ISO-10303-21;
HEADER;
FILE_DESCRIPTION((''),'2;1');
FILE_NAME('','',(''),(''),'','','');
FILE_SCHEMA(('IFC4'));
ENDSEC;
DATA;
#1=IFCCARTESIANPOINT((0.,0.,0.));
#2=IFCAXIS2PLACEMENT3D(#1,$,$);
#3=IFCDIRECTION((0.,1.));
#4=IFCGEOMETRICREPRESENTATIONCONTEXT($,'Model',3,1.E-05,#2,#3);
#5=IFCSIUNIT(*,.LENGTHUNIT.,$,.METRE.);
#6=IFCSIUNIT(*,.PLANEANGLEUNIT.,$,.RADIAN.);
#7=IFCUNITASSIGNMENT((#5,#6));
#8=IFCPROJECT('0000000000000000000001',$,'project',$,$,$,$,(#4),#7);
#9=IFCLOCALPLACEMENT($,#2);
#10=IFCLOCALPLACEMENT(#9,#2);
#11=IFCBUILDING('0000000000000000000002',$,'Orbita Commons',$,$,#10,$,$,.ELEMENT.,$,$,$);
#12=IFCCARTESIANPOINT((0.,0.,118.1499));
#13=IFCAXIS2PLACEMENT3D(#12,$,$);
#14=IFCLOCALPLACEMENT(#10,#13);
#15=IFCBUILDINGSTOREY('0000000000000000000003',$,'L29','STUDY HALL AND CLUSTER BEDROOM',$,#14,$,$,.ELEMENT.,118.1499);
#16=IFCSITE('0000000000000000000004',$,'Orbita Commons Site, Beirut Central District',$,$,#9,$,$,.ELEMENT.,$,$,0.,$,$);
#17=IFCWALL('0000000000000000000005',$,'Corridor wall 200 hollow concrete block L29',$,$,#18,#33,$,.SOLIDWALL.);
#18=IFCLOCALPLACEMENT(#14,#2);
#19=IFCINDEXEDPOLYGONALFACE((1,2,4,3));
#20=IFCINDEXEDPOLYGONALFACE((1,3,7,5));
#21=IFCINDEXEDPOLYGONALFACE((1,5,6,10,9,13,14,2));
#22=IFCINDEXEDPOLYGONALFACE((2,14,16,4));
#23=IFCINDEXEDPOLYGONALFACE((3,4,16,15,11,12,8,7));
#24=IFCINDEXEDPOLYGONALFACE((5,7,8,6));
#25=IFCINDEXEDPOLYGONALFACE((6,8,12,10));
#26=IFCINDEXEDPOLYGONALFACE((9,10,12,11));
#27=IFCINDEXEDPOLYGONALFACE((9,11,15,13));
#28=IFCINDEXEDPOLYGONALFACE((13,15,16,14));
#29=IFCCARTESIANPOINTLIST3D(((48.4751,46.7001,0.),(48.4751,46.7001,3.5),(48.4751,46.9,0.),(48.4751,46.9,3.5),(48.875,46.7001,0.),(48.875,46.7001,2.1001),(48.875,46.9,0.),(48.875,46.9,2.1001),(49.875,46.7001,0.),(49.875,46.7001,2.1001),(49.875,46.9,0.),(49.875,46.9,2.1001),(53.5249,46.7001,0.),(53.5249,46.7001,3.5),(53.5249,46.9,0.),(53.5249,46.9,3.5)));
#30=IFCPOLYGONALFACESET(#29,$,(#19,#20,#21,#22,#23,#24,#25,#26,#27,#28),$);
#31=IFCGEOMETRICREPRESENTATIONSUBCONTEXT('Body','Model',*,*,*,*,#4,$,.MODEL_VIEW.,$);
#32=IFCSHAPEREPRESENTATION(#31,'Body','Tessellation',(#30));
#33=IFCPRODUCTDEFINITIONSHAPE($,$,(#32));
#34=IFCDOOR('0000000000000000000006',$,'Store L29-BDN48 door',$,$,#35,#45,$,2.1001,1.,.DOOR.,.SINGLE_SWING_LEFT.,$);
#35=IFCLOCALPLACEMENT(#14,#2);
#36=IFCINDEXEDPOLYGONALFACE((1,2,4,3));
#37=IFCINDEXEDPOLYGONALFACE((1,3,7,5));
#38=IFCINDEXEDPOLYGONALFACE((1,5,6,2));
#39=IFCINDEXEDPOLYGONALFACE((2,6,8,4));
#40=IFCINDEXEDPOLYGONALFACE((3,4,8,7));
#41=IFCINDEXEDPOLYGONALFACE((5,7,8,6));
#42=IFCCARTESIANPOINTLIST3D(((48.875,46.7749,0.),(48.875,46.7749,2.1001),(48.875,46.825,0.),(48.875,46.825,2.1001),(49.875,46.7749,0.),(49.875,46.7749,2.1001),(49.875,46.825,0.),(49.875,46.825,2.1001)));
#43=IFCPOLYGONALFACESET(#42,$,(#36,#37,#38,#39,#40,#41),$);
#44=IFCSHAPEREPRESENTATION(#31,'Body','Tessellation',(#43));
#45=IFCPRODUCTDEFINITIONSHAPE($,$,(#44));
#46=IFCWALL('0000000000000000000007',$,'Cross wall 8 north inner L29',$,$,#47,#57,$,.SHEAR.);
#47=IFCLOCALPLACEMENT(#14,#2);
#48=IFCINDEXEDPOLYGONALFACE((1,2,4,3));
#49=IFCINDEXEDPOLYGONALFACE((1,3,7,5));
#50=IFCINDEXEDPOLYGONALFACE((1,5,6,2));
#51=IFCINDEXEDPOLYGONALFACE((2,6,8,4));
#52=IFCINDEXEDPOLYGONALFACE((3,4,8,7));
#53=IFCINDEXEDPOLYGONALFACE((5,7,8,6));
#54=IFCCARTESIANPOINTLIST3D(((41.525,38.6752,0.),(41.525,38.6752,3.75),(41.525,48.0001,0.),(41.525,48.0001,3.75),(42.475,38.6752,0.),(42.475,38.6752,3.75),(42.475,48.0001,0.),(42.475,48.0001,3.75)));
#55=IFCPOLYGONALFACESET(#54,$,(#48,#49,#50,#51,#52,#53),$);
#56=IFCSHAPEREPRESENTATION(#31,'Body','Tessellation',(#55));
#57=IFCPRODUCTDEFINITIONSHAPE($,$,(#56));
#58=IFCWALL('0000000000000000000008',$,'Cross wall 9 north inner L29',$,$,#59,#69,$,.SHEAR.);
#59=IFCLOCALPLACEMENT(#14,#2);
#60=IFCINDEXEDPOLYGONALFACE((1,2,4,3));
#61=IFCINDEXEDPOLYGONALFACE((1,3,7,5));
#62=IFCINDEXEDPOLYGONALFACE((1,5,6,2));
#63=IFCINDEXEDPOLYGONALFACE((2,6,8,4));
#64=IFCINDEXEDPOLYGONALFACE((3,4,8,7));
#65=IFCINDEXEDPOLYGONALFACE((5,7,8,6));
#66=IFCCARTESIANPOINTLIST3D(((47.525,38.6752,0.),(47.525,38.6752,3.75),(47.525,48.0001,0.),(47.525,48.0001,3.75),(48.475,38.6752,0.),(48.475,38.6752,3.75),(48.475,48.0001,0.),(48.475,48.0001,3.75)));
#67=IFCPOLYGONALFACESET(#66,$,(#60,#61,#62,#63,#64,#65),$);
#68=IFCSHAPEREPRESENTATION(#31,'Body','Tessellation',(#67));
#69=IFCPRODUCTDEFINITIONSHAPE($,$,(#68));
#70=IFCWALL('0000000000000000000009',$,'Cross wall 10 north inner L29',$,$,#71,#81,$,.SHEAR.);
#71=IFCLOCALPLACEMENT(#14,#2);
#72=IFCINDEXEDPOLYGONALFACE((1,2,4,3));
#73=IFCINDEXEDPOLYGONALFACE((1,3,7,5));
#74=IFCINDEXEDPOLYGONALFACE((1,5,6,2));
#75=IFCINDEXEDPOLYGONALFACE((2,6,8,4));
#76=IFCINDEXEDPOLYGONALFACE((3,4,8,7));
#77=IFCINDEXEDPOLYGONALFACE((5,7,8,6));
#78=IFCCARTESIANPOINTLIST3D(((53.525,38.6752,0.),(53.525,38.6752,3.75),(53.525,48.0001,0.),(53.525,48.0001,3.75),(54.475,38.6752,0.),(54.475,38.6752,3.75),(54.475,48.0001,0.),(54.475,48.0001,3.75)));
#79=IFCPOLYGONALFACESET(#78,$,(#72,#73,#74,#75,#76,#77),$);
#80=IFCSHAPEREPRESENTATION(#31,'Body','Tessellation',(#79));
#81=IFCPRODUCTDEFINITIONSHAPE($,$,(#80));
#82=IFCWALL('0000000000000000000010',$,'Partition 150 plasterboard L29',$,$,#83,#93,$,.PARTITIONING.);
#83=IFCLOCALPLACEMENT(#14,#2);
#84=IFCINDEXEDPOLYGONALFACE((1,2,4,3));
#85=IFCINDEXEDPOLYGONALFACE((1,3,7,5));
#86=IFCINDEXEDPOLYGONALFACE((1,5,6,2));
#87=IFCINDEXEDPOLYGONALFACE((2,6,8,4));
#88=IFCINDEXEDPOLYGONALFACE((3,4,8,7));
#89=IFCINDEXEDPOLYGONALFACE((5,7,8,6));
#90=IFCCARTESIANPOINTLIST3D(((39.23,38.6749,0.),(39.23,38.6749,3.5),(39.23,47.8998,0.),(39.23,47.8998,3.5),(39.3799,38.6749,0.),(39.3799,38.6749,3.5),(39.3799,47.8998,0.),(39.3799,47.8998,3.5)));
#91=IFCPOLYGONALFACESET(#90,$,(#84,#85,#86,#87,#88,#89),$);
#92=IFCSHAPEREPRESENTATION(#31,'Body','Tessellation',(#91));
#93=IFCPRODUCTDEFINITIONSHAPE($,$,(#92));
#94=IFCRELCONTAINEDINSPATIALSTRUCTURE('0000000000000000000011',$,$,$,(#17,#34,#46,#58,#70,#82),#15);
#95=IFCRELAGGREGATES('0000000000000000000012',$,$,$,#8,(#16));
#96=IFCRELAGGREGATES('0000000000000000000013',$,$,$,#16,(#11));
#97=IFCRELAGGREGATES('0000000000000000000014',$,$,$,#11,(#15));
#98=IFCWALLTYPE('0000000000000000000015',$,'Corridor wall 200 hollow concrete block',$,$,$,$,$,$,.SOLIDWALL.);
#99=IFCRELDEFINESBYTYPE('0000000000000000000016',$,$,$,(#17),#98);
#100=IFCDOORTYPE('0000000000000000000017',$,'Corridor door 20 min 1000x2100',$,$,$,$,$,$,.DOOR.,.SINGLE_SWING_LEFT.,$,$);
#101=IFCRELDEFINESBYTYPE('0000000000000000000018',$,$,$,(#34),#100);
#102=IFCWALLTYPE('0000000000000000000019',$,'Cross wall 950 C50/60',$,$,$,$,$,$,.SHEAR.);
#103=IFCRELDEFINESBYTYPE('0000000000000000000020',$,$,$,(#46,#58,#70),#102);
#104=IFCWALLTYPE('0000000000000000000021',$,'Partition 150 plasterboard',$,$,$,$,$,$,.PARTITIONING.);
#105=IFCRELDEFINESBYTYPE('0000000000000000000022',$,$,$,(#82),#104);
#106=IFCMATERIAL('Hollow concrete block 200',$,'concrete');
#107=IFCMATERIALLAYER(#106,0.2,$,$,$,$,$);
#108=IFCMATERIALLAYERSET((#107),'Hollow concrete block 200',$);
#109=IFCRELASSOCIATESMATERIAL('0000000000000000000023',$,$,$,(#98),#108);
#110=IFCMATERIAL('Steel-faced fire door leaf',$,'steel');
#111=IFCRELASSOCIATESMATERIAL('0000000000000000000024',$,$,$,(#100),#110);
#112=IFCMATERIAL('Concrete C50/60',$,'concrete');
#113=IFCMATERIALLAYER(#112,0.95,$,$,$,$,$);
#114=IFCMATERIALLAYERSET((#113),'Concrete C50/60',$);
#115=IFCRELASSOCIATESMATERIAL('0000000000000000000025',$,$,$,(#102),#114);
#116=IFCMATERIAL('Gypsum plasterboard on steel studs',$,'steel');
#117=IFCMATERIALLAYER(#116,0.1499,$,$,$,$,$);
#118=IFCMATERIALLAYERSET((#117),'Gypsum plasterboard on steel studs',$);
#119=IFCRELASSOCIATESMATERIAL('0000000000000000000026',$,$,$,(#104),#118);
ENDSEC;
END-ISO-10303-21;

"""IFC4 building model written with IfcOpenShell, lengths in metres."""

from ifc_helpers import new_model, si_unit, direction, frame, frame_2d, origin, place, context, subcontext, project, spatial, rectangle, extrude, material, layer, layer_set, type_object, element, fill, save


model = new_model("IFC4")

# Units and contexts
model_context = context("Model", 3, precision=1e-05, world=origin(), true_north=direction((0.0, 1.0)))
body_context = subcontext(model_context, "Body", "Model", "MODEL_VIEW")
ifc_project = project(units=[si_unit("LENGTHUNIT", "METRE"), si_unit("PLANEANGLEUNIT", "RADIAN")], contexts=[model_context])

# Site, building, storey
site_placement = place(None, origin())
site = spatial("IfcSite", under=ifc_project, at=site_placement, Name="Orbita Commons Site, Beirut Central District", CompositionType="ELEMENT", RefElevation=0.0)
building_placement = place(site_placement, origin())
building = spatial("IfcBuilding", under=site, at=building_placement, Name="Orbita Commons", CompositionType="ELEMENT")
storey_placement = place(building_placement, frame((0.0, 0.0, 118.1499)))
storey = spatial("IfcBuildingStorey", under=building, at=storey_placement, Name="L29", Description="STUDY HALL AND CLUSTER BEDROOM", CompositionType="ELEMENT", Elevation=118.1499)

# Shared definitions
ifc_material_1 = material(Name="Hollow concrete block 200", Category="concrete")
ifc_layer_1 = layer(ifc_material_1, 0.2)
ifc_layer_set_1 = layer_set([ifc_layer_1], Name="Hollow concrete block 200")
wall_type_1 = type_object("IfcWallType", Name="Corridor wall 200 hollow concrete block", PredefinedType="SOLIDWALL", material=ifc_layer_set_1)

# Wall, opening, door
ifc_material_2 = material(Name="Steel-faced fire door leaf", Category="steel")
door_type_1 = type_object("IfcDoorType", Name="Corridor door 20 min 1000x2100", OperationType="SINGLE_SWING_LEFT", PredefinedType="DOOR", material=ifc_material_2)
wall_1_placement = place(storey_placement, frame((48.4751, 46.8, 0.0), z_axis=(0.0, 0.0, 1.0), x_axis=(1.0, 0.0, 0.0)))
wall_1 = element("IfcWall", 1, at=wall_1_placement, inside=storey, type_object=wall_type_1, Name="Corridor wall 200 hollow concrete block L29", PredefinedType="SOLIDWALL", context=body_context, shape_type="SweptSolid", body=[
    extrude(rectangle(XDim=5.0498, YDim=0.2, at=frame_2d((2.5249, 0.0))), origin(), (0.0, 0.0, 1.0), 3.5),
])
opening_1_placement = place(wall_1_placement, frame((0.3999, 0.0, 0.0)))
opening_1 = element("IfcOpeningElement", 2, at=opening_1_placement, cuts=wall_1, PredefinedType="OPENING", context=body_context, shape_type="SweptSolid", body=[
    extrude(rectangle(XDim=1.0, YDim=2.1001, at=frame_2d((0.5, 1.05))), frame((0.0, 0.1099, 0.0), z_axis=(0.0, -1.0, 0.0), x_axis=(1.0, 0.0, 0.0)), (0.0, 0.0, 1.0), 0.22),
])
door_1_placement = place(opening_1_placement, origin())
door_1 = element("IfcDoor", 3, at=door_1_placement, inside=storey, type_object=door_type_1, Name="Store L29-BDN48 door", OperationType="SINGLE_SWING_LEFT", OverallHeight=2.1001, OverallWidth=1.0, PredefinedType="DOOR", context=body_context, shape_type="SweptSolid", body=[
    extrude(rectangle(XDim=1.0, YDim=2.1001, at=frame_2d((0.5, 1.05))), frame((0.0, 0.0249, 0.0), z_axis=(0.0, -1.0, 0.0), x_axis=(1.0, 0.0, 0.0)), (0.0, 0.0, 1.0), 0.05),
])
fill(opening_1, door_1)

# Walls
ifc_material_3 = material(Name="Concrete C50/60", Category="concrete")
ifc_layer_2 = layer(ifc_material_3, 0.95)
ifc_layer_set_2 = layer_set([ifc_layer_2], Name="Concrete C50/60")
wall_type_2 = type_object("IfcWallType", Name="Cross wall 950 C50/60", PredefinedType="SHEAR", material=ifc_layer_set_2)
for number, where, z_axis, x_axis, name in (
    (4, (42.0, 38.675, 0.0), (0.0, 0.0, 1.0), (0.0, 1.0, 0.0), "Cross wall 8 north inner L29"),
    (5, (48.0, 38.675, 0.0), (0.0, 0.0, 1.0), (0.0, 1.0, 0.0), "Cross wall 9 north inner L29"),
    (6, (54.0, 38.675, 0.0), (0.0, 0.0, 1.0), (0.0, 1.0, 0.0), "Cross wall 10 north inner L29"),
):
    element("IfcWall", number, at=place(storey_placement, frame(where, z_axis=z_axis, x_axis=x_axis)), inside=storey, type_object=wall_type_2, Name=name, PredefinedType="SHEAR", context=body_context, shape_type="SweptSolid", body=[
        extrude(rectangle(XDim=9.325, YDim=0.95, at=frame_2d((4.6626, 0.0))), origin(), (0.0, 0.0, 1.0), 3.75),
    ])
ifc_material_4 = material(Name="Gypsum plasterboard on steel studs", Category="steel")
ifc_layer_3 = layer(ifc_material_4, 0.1499)
ifc_layer_set_3 = layer_set([ifc_layer_3], Name="Gypsum plasterboard on steel studs")
wall_type_3 = type_object("IfcWallType", Name="Partition 150 plasterboard", PredefinedType="PARTITIONING", material=ifc_layer_set_3)
wall_2_placement = place(storey_placement, frame((39.3049, 38.675, 0.0), z_axis=(0.0, 0.0, 1.0), x_axis=(0.0, 1.0, 0.0)))
element("IfcWall", 7, at=wall_2_placement, inside=storey, type_object=wall_type_3, Name="Partition 150 plasterboard L29", PredefinedType="PARTITIONING", context=body_context, shape_type="SweptSolid", body=[
    extrude(rectangle(XDim=9.2249, YDim=0.1499, at=frame_2d((4.6123, 0.0))), origin(), (0.0, 0.0, 1.0), 3.5),
])

save(model, "model.ifc")
